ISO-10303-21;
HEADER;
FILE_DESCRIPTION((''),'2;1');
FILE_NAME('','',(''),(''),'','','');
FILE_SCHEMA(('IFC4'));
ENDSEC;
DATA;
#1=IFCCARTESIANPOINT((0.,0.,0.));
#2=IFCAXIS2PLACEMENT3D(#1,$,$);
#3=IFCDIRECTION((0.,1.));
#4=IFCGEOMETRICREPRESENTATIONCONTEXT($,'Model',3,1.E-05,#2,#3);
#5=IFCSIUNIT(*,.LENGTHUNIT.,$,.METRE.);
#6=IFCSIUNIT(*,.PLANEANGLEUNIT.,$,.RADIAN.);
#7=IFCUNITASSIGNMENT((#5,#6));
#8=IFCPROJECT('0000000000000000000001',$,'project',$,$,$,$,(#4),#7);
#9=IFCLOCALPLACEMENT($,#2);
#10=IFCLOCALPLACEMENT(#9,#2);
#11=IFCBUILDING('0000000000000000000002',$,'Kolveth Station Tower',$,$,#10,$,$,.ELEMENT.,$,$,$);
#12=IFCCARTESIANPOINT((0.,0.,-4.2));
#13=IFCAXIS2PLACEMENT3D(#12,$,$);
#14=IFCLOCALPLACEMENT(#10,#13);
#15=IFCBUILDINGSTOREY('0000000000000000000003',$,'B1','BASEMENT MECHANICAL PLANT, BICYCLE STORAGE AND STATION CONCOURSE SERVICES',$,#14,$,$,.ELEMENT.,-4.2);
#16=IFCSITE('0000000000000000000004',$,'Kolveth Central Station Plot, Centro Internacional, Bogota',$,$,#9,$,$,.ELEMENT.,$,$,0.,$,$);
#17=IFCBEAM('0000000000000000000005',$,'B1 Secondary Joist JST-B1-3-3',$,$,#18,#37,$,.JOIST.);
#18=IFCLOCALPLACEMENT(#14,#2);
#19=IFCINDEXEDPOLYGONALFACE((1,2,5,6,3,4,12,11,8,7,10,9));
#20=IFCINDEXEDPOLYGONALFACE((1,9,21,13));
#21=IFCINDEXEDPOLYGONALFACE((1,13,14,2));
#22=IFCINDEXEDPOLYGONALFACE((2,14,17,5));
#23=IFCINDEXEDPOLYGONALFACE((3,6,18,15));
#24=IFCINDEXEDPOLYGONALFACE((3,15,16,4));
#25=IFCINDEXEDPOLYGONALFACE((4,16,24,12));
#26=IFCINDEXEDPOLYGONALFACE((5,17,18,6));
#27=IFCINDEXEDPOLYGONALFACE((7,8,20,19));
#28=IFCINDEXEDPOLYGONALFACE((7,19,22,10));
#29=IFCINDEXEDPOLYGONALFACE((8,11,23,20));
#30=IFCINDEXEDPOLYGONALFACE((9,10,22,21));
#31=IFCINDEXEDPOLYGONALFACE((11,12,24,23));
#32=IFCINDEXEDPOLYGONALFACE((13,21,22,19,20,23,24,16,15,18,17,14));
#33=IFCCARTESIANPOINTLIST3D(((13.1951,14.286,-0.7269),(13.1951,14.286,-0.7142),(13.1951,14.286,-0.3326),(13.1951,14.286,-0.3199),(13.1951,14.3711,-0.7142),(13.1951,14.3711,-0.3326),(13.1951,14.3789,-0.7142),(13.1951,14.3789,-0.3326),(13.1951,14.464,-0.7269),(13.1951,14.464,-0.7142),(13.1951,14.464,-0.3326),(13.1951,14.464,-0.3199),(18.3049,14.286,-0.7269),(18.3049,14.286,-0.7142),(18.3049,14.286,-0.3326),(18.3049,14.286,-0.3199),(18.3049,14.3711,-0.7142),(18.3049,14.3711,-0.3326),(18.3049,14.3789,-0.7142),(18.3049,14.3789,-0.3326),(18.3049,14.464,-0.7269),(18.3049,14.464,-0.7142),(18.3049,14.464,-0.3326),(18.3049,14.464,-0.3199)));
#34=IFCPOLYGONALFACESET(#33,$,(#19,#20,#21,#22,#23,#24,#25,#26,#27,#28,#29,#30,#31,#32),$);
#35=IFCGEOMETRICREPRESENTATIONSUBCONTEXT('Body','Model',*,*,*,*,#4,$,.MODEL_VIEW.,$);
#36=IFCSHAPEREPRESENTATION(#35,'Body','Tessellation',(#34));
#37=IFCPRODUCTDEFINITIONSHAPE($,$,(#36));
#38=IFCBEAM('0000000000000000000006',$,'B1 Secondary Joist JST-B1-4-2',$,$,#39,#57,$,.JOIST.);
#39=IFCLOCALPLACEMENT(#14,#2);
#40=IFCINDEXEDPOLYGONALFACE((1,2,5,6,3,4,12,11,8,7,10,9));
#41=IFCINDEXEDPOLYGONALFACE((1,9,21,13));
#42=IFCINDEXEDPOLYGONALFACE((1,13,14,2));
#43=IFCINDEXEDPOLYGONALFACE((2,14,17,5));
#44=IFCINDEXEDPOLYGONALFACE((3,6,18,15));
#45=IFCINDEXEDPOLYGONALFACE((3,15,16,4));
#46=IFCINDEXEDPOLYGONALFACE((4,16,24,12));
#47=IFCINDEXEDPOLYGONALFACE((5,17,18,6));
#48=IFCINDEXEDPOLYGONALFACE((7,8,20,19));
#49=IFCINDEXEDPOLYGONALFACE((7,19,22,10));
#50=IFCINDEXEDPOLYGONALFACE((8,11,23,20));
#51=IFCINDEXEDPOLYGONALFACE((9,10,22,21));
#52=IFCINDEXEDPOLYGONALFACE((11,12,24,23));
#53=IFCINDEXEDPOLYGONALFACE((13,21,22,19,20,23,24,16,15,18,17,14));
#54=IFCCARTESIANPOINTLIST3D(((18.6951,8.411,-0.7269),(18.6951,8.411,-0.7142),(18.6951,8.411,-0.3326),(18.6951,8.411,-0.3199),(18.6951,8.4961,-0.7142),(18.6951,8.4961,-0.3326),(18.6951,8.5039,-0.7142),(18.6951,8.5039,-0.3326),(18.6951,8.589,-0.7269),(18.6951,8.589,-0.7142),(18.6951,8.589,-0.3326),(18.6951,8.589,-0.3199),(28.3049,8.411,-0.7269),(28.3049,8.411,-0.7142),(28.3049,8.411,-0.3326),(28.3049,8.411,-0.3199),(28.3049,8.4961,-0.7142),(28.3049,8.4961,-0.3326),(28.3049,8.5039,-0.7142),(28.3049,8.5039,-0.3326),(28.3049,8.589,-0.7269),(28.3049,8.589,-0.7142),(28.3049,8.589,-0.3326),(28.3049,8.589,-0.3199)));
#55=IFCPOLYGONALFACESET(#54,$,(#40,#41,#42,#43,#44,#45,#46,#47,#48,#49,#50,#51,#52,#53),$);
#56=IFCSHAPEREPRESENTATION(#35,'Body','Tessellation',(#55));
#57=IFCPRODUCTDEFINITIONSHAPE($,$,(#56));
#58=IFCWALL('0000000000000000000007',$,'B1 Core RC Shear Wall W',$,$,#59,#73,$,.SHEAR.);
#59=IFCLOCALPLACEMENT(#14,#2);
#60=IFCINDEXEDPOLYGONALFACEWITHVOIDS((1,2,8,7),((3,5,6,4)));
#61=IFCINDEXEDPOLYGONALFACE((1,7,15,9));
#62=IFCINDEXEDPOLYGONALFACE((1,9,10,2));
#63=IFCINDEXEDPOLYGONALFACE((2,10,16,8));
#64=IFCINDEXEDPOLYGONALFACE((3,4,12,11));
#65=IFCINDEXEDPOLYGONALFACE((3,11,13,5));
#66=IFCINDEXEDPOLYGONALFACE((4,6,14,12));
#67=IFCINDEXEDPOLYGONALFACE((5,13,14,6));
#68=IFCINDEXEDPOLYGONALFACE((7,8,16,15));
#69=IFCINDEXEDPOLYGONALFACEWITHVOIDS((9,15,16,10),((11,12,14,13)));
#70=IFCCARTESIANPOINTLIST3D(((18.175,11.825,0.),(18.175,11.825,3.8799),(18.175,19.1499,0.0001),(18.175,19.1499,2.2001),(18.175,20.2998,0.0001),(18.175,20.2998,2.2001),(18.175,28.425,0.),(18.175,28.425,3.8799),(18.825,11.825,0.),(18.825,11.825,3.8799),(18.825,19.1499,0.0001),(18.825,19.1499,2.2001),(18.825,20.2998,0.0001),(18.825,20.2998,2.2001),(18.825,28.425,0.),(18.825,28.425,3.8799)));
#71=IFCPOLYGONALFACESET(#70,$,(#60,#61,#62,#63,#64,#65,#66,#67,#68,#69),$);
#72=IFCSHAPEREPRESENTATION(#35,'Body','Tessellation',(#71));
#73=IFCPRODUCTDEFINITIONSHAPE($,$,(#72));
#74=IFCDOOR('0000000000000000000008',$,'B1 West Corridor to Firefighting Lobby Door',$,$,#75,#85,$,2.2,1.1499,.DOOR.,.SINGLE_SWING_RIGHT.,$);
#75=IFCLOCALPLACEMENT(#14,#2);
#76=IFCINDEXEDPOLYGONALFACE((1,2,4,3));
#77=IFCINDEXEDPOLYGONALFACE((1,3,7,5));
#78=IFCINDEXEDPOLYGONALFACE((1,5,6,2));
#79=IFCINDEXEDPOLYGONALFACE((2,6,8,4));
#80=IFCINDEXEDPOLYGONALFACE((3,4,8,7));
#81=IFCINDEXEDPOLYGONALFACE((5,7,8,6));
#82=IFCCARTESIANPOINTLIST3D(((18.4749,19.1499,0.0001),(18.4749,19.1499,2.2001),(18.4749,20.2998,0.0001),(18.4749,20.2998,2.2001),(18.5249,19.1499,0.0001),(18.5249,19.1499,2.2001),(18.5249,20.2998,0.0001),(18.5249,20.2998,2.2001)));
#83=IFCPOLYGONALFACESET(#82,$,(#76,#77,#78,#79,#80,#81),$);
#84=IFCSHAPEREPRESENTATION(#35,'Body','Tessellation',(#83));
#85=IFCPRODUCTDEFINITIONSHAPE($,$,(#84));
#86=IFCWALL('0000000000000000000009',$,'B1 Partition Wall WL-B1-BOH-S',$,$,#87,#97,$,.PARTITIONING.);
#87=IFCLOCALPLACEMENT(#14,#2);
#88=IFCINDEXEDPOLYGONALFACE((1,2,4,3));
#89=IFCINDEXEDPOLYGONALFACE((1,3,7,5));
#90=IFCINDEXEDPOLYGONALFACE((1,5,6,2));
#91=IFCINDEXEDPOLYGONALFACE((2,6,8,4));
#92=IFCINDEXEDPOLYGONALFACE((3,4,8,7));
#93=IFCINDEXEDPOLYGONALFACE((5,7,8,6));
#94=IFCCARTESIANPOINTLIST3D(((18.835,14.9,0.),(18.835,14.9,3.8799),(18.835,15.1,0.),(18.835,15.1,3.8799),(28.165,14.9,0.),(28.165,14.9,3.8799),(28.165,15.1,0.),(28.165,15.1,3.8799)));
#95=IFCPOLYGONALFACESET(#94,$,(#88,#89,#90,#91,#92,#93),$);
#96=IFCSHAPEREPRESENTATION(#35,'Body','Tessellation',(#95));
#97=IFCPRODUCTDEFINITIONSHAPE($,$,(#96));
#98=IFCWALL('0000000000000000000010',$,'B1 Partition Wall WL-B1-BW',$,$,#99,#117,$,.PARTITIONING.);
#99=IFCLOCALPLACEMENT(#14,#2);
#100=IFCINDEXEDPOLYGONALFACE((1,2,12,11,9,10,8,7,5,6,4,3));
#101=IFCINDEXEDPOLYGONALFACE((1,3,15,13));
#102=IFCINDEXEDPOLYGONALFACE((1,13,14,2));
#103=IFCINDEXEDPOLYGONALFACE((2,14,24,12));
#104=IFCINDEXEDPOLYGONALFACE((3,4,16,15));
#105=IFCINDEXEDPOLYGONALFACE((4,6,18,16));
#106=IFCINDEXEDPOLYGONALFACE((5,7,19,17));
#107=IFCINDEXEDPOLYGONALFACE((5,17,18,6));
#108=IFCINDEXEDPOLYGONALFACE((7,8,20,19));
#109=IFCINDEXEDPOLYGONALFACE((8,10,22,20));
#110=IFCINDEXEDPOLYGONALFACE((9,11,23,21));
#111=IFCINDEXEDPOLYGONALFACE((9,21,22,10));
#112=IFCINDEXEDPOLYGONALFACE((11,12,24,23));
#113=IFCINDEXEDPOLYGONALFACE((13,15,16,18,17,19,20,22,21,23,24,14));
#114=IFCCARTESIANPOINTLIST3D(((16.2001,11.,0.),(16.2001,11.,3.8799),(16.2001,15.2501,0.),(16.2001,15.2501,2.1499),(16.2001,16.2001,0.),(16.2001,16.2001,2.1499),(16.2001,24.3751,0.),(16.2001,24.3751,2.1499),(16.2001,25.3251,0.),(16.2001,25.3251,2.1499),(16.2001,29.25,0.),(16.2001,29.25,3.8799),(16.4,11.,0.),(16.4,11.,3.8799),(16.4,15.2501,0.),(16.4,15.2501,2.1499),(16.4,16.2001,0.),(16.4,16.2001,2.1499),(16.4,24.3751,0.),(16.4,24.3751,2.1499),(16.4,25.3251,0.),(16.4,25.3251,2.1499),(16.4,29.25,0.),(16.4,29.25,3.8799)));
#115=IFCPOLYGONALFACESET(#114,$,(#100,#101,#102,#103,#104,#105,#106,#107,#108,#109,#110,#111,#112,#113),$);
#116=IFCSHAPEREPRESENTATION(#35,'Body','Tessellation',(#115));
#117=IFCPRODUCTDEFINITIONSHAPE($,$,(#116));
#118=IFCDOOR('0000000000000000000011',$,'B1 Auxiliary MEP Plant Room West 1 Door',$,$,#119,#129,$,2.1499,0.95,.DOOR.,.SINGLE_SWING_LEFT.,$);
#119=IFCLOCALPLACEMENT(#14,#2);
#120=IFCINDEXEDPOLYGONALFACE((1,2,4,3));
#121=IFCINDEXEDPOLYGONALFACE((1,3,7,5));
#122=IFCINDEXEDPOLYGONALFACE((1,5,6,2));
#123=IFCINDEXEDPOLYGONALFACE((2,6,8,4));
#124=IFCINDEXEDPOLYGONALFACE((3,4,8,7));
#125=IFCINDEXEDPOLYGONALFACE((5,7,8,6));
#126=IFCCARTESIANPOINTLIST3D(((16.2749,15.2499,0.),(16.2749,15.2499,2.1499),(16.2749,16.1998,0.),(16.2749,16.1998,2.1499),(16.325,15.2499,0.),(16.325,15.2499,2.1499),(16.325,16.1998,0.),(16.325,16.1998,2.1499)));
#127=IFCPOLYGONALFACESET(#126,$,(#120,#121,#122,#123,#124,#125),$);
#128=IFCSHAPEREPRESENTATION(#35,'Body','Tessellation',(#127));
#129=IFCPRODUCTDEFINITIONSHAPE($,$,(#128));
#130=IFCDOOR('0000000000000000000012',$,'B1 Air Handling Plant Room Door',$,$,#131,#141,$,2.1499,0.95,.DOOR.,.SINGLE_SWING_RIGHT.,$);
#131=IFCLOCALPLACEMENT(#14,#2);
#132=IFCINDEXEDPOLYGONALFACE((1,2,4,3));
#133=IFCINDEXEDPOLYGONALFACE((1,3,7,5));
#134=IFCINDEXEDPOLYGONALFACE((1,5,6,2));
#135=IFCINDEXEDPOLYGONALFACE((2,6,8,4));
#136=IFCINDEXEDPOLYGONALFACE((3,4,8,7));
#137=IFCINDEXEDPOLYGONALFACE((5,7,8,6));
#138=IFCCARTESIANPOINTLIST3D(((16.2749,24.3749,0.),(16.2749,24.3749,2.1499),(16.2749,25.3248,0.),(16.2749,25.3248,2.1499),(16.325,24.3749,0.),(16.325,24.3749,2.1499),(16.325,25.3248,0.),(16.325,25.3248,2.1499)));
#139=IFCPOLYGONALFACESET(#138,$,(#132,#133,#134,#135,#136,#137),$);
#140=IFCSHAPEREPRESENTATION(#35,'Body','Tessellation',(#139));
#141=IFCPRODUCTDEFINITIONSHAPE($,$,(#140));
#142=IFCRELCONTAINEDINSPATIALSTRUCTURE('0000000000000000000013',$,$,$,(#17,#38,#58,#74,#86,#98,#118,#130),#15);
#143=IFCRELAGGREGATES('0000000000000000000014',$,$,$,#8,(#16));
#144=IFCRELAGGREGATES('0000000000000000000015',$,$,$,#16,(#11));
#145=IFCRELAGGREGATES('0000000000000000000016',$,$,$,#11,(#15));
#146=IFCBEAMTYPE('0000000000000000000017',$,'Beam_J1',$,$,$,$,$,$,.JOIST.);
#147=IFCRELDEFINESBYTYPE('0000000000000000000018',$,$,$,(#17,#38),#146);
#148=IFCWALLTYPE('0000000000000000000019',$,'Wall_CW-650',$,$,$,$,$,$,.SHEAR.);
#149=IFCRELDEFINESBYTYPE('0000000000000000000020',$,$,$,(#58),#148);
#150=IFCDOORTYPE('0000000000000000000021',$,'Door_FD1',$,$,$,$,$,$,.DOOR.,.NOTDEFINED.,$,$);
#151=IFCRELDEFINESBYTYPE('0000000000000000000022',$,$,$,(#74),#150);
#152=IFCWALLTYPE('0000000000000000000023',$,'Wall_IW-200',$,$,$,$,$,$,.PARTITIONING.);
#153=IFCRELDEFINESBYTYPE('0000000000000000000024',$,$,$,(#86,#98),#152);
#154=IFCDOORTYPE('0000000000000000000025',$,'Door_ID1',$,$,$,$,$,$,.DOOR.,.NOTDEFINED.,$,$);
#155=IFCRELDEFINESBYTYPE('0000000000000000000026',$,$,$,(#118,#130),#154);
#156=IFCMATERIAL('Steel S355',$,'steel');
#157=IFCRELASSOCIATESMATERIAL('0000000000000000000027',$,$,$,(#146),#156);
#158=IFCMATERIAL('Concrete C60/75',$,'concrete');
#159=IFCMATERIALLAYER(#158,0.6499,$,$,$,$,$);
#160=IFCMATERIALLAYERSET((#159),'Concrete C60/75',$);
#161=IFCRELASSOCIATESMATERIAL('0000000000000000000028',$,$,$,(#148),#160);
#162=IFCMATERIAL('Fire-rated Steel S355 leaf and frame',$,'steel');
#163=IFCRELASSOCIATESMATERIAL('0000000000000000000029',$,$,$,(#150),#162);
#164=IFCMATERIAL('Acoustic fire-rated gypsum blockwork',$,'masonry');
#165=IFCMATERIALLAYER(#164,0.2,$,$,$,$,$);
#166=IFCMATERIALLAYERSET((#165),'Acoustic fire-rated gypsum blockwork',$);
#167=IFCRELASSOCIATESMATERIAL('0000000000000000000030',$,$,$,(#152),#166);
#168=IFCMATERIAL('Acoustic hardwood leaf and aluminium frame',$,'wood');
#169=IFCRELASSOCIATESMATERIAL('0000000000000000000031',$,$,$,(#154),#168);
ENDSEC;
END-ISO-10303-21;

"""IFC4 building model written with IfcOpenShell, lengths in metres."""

from ifc_helpers import new_model, si_unit, direction, frame, frame_2d, origin, origin_2d, place, context, subcontext, project, spatial, rectangle, i_section, extrude, source, transform, mapped, material, layer, layer_set, material_profile, profile_set, type_object, element, fill, save


model = new_model("IFC4")

# Units and contexts
model_context = context("Model", 3, precision=1e-05, world=origin(), true_north=direction((0.0, 1.0)))
body_context = subcontext(model_context, "Body", "Model", "MODEL_VIEW")
ifc_project = project(units=[si_unit("LENGTHUNIT", "METRE"), si_unit("PLANEANGLEUNIT", "RADIAN")], contexts=[model_context])

# Site, building, storey
site_placement = place(None, origin())
site = spatial("IfcSite", under=ifc_project, at=site_placement, Name="Kolveth Central Station Plot, Centro Internacional, Bogota", CompositionType="ELEMENT", RefElevation=0.0)
building_placement = place(site_placement, origin())
building = spatial("IfcBuilding", under=site, at=building_placement, Name="Kolveth Station Tower", CompositionType="ELEMENT")
storey_placement = place(building_placement, frame((0.0, 0.0, -4.2)))
storey = spatial("IfcBuildingStorey", under=building, at=storey_placement, Name="B1", Description="BASEMENT MECHANICAL PLANT, BICYCLE STORAGE AND STATION CONCOURSE SERVICES", CompositionType="ELEMENT", Elevation=-4.2)

# Beams
ifc_material_1 = material(Name="Steel S355", Category="steel")
ifc_material_profile_1 = material_profile(ifc_material_1, i_section(OverallWidth=0.178, OverallDepth=0.407, WebThickness=0.0078, FlangeThickness=0.0127, at=origin_2d()), Name="W410x60")
ifc_profile_set_1 = profile_set([ifc_material_profile_1], Name="Steel S355")
beam_type_1 = type_object("IfcBeamType", Name="Beam_J1", PredefinedType="JOIST", material=ifc_profile_set_1)
shared_shape_1 = source(origin(), body_context, "Body", "SweptSolid", [
    extrude(i_section(OverallWidth=0.178, OverallDepth=0.407, WebThickness=0.0078, FlangeThickness=0.0127, at=origin_2d()), origin(), (0.0, 0.0, 1.0), 5.1099),
])
for number, where, z_axis, x_axis, name in (
    (1, (13.1951, 14.375, -0.5234), (1.0, 0.0, 0.0), (0.0, 1.0, 0.0), "B1 Secondary Joist JST-B1-3-3"),
):
    element("IfcBeam", number, at=place(storey_placement, frame(where, z_axis=z_axis, x_axis=x_axis)), inside=storey, type_object=beam_type_1, Name=name, PredefinedType="JOIST", context=body_context, shape_type="MappedRepresentation", body=[
        mapped(shared_shape_1, transform((0.0, 0.0, 0.0), x_axis=(1.0, 0.0, 0.0), y_axis=(0.0, 1.0, 0.0), z_axis=(0.0, 0.0, 1.0), scale=1.0)),
    ])
shared_shape_2 = source(origin(), body_context, "Body", "SweptSolid", [
    extrude(i_section(OverallWidth=0.178, OverallDepth=0.407, WebThickness=0.0078, FlangeThickness=0.0127, at=origin_2d()), origin(), (0.0, 0.0, 1.0), 9.6099),
])
beam_1_placement = place(storey_placement, frame((18.6951, 8.5, -0.5234), z_axis=(1.0, 0.0, 0.0), x_axis=(0.0, 1.0, 0.0)))
element("IfcBeam", 2, at=beam_1_placement, inside=storey, type_object=beam_type_1, Name="B1 Secondary Joist JST-B1-4-2", PredefinedType="JOIST", context=body_context, shape_type="MappedRepresentation", body=[
    mapped(shared_shape_2, transform((0.0, 0.0, 0.0), x_axis=(1.0, 0.0, 0.0), y_axis=(0.0, 1.0, 0.0), z_axis=(0.0, 0.0, 1.0), scale=1.0)),
])

# Shared definitions
ifc_material_2 = material(Name="Concrete C60/75", Category="concrete")
ifc_layer_1 = layer(ifc_material_2, 0.6499)
ifc_layer_set_1 = layer_set([ifc_layer_1], Name="Concrete C60/75")
wall_type_1 = type_object("IfcWallType", Name="Wall_CW-650", PredefinedType="SHEAR", material=ifc_layer_set_1)
ifc_material_3 = material(Name="Fire-rated Steel S355 leaf and frame", Category="steel")

# Wall, opening, door
wall_1_placement = place(storey_placement, frame((18.5, 11.825, 0.0), z_axis=(0.0, 0.0, 1.0), x_axis=(0.0, 1.0, 0.0)))
wall_1 = element("IfcWall", 3, at=wall_1_placement, inside=storey, type_object=wall_type_1, Name="B1 Core RC Shear Wall W", PredefinedType="SHEAR", context=body_context, shape_type="SweptSolid", body=[
    extrude(rectangle(XDim=16.6001, YDim=0.6499, at=frame_2d((8.3, 0.0))), origin(), (0.0, 0.0, 1.0), 3.8799),
])
opening_1_placement = place(wall_1_placement, frame((7.325, 0.0, 0.0)))
opening_1 = element("IfcOpeningElement", 4, at=opening_1_placement, cuts=wall_1, PredefinedType="OPENING", context=body_context, shape_type="SweptSolid", body=[
    extrude(rectangle(XDim=1.1499, YDim=2.2, at=frame_2d((0.575, 1.1001))), frame((0.0, 0.335, 0.0), z_axis=(0.0, -1.0, 0.0), x_axis=(1.0, 0.0, 0.0)), (0.0, 0.0, 1.0), 0.6699),
])
door_type_1 = type_object("IfcDoorType", Name="Door_FD1", OperationType="NOTDEFINED", PredefinedType="DOOR", material=ifc_material_3)
door_1_placement = place(opening_1_placement, frame((1.1499, 0.0, 0.0), z_axis=(0.0, 0.0, 1.0), x_axis=(-1.0, 0.0, 0.0)))
door_1 = element("IfcDoor", 5, at=door_1_placement, inside=storey, type_object=door_type_1, Name="B1 West Corridor to Firefighting Lobby Door", OperationType="SINGLE_SWING_RIGHT", OverallHeight=2.2, OverallWidth=1.1499, PredefinedType="DOOR", context=body_context, shape_type="SweptSolid", body=[
    extrude(rectangle(XDim=1.1499, YDim=2.2, at=frame_2d((0.575, 1.1001))), frame((0.0, 0.0249, 0.0), z_axis=(0.0, -1.0, 0.0), x_axis=(1.0, 0.0, 0.0)), (0.0, 0.0, 1.0), 0.05),
])
fill(opening_1, door_1)

# Wall
ifc_material_4 = material(Name="Acoustic fire-rated gypsum blockwork", Category="masonry")
ifc_layer_2 = layer(ifc_material_4, 0.2)
ifc_layer_set_2 = layer_set([ifc_layer_2], Name="Acoustic fire-rated gypsum blockwork")
wall_type_2 = type_object("IfcWallType", Name="Wall_IW-200", PredefinedType="PARTITIONING", material=ifc_layer_set_2)
wall_2_placement = place(storey_placement, frame((18.835, 15.0, 0.0), z_axis=(0.0, 0.0, 1.0), x_axis=(1.0, 0.0, 0.0)))
element("IfcWall", 6, at=wall_2_placement, inside=storey, type_object=wall_type_2, Name="B1 Partition Wall WL-B1-BOH-S", PredefinedType="PARTITIONING", context=body_context, shape_type="SweptSolid", body=[
    extrude(rectangle(XDim=9.3301, YDim=0.2, at=frame_2d((4.665, 0.0))), origin(), (0.0, 0.0, 1.0), 3.8799),
])

# Wall, openings, doors
wall_3_placement = place(storey_placement, frame((16.3, 11.0, 0.0), z_axis=(0.0, 0.0, 1.0), x_axis=(0.0, 1.0, 0.0)))
wall_3 = element("IfcWall", 7, at=wall_3_placement, inside=storey, type_object=wall_type_2, Name="B1 Partition Wall WL-B1-BW", PredefinedType="PARTITIONING", context=body_context, shape_type="SweptSolid", body=[
    extrude(rectangle(XDim=18.25, YDim=0.2, at=frame_2d((9.125, 0.0))), origin(), (0.0, 0.0, 1.0), 3.8799),
])
opening_2_placement = place(wall_3_placement, frame((4.25, 0.0, 0.0)))
opening_2 = element("IfcOpeningElement", 8, at=opening_2_placement, cuts=wall_3, PredefinedType="OPENING", context=body_context, shape_type="SweptSolid", body=[
    extrude(rectangle(XDim=0.95, YDim=2.1499, at=frame_2d((0.4751, 1.075))), frame((0.0, 0.1099, 0.0), z_axis=(0.0, -1.0, 0.0), x_axis=(1.0, 0.0, 0.0)), (0.0, 0.0, 1.0), 0.22),
])
opening_3_placement = place(wall_3_placement, frame((13.375, 0.0, 0.0)))
opening_3 = element("IfcOpeningElement", 9, at=opening_3_placement, cuts=wall_3, PredefinedType="OPENING", context=body_context, shape_type="SweptSolid", body=[
    extrude(rectangle(XDim=0.95, YDim=2.1499, at=frame_2d((0.4751, 1.075))), frame((0.0, 0.1099, 0.0), z_axis=(0.0, -1.0, 0.0), x_axis=(1.0, 0.0, 0.0)), (0.0, 0.0, 1.0), 0.22),
])
ifc_material_5 = material(Name="Acoustic hardwood leaf and aluminium frame", Category="wood")
door_type_2 = type_object("IfcDoorType", Name="Door_ID1", OperationType="NOTDEFINED", PredefinedType="DOOR", material=ifc_material_5)
door_2_placement = place(opening_2_placement, frame((0.95, 0.0, 0.0), z_axis=(0.0, 0.0, 1.0), x_axis=(-1.0, 0.0, 0.0)))
door_2 = element("IfcDoor", 10, at=door_2_placement, inside=storey, type_object=door_type_2, Name="B1 Auxiliary MEP Plant Room West 1 Door", OperationType="SINGLE_SWING_LEFT", OverallHeight=2.1499, OverallWidth=0.95, PredefinedType="DOOR", context=body_context, shape_type="SweptSolid", body=[
    extrude(rectangle(XDim=0.95, YDim=2.1499, at=frame_2d((0.4751, 1.075))), frame((0.0, 0.0249, 0.0), z_axis=(0.0, -1.0, 0.0), x_axis=(1.0, 0.0, 0.0)), (0.0, 0.0, 1.0), 0.05),
])
fill(opening_2, door_2)
door_3_placement = place(opening_3_placement, frame((0.95, 0.0, 0.0), z_axis=(0.0, 0.0, 1.0), x_axis=(-1.0, 0.0, 0.0)))
door_3 = element("IfcDoor", 11, at=door_3_placement, inside=storey, type_object=door_type_2, Name="B1 Air Handling Plant Room Door", OperationType="SINGLE_SWING_RIGHT", OverallHeight=2.1499, OverallWidth=0.95, PredefinedType="DOOR", context=body_context, shape_type="SweptSolid", body=[
    extrude(rectangle(XDim=0.95, YDim=2.1499, at=frame_2d((0.4751, 1.075))), frame((0.0, 0.0249, 0.0), z_axis=(0.0, -1.0, 0.0), x_axis=(1.0, 0.0, 0.0)), (0.0, 0.0, 1.0), 0.05),
])
fill(opening_3, door_3)

save(model, "model.ifc")
